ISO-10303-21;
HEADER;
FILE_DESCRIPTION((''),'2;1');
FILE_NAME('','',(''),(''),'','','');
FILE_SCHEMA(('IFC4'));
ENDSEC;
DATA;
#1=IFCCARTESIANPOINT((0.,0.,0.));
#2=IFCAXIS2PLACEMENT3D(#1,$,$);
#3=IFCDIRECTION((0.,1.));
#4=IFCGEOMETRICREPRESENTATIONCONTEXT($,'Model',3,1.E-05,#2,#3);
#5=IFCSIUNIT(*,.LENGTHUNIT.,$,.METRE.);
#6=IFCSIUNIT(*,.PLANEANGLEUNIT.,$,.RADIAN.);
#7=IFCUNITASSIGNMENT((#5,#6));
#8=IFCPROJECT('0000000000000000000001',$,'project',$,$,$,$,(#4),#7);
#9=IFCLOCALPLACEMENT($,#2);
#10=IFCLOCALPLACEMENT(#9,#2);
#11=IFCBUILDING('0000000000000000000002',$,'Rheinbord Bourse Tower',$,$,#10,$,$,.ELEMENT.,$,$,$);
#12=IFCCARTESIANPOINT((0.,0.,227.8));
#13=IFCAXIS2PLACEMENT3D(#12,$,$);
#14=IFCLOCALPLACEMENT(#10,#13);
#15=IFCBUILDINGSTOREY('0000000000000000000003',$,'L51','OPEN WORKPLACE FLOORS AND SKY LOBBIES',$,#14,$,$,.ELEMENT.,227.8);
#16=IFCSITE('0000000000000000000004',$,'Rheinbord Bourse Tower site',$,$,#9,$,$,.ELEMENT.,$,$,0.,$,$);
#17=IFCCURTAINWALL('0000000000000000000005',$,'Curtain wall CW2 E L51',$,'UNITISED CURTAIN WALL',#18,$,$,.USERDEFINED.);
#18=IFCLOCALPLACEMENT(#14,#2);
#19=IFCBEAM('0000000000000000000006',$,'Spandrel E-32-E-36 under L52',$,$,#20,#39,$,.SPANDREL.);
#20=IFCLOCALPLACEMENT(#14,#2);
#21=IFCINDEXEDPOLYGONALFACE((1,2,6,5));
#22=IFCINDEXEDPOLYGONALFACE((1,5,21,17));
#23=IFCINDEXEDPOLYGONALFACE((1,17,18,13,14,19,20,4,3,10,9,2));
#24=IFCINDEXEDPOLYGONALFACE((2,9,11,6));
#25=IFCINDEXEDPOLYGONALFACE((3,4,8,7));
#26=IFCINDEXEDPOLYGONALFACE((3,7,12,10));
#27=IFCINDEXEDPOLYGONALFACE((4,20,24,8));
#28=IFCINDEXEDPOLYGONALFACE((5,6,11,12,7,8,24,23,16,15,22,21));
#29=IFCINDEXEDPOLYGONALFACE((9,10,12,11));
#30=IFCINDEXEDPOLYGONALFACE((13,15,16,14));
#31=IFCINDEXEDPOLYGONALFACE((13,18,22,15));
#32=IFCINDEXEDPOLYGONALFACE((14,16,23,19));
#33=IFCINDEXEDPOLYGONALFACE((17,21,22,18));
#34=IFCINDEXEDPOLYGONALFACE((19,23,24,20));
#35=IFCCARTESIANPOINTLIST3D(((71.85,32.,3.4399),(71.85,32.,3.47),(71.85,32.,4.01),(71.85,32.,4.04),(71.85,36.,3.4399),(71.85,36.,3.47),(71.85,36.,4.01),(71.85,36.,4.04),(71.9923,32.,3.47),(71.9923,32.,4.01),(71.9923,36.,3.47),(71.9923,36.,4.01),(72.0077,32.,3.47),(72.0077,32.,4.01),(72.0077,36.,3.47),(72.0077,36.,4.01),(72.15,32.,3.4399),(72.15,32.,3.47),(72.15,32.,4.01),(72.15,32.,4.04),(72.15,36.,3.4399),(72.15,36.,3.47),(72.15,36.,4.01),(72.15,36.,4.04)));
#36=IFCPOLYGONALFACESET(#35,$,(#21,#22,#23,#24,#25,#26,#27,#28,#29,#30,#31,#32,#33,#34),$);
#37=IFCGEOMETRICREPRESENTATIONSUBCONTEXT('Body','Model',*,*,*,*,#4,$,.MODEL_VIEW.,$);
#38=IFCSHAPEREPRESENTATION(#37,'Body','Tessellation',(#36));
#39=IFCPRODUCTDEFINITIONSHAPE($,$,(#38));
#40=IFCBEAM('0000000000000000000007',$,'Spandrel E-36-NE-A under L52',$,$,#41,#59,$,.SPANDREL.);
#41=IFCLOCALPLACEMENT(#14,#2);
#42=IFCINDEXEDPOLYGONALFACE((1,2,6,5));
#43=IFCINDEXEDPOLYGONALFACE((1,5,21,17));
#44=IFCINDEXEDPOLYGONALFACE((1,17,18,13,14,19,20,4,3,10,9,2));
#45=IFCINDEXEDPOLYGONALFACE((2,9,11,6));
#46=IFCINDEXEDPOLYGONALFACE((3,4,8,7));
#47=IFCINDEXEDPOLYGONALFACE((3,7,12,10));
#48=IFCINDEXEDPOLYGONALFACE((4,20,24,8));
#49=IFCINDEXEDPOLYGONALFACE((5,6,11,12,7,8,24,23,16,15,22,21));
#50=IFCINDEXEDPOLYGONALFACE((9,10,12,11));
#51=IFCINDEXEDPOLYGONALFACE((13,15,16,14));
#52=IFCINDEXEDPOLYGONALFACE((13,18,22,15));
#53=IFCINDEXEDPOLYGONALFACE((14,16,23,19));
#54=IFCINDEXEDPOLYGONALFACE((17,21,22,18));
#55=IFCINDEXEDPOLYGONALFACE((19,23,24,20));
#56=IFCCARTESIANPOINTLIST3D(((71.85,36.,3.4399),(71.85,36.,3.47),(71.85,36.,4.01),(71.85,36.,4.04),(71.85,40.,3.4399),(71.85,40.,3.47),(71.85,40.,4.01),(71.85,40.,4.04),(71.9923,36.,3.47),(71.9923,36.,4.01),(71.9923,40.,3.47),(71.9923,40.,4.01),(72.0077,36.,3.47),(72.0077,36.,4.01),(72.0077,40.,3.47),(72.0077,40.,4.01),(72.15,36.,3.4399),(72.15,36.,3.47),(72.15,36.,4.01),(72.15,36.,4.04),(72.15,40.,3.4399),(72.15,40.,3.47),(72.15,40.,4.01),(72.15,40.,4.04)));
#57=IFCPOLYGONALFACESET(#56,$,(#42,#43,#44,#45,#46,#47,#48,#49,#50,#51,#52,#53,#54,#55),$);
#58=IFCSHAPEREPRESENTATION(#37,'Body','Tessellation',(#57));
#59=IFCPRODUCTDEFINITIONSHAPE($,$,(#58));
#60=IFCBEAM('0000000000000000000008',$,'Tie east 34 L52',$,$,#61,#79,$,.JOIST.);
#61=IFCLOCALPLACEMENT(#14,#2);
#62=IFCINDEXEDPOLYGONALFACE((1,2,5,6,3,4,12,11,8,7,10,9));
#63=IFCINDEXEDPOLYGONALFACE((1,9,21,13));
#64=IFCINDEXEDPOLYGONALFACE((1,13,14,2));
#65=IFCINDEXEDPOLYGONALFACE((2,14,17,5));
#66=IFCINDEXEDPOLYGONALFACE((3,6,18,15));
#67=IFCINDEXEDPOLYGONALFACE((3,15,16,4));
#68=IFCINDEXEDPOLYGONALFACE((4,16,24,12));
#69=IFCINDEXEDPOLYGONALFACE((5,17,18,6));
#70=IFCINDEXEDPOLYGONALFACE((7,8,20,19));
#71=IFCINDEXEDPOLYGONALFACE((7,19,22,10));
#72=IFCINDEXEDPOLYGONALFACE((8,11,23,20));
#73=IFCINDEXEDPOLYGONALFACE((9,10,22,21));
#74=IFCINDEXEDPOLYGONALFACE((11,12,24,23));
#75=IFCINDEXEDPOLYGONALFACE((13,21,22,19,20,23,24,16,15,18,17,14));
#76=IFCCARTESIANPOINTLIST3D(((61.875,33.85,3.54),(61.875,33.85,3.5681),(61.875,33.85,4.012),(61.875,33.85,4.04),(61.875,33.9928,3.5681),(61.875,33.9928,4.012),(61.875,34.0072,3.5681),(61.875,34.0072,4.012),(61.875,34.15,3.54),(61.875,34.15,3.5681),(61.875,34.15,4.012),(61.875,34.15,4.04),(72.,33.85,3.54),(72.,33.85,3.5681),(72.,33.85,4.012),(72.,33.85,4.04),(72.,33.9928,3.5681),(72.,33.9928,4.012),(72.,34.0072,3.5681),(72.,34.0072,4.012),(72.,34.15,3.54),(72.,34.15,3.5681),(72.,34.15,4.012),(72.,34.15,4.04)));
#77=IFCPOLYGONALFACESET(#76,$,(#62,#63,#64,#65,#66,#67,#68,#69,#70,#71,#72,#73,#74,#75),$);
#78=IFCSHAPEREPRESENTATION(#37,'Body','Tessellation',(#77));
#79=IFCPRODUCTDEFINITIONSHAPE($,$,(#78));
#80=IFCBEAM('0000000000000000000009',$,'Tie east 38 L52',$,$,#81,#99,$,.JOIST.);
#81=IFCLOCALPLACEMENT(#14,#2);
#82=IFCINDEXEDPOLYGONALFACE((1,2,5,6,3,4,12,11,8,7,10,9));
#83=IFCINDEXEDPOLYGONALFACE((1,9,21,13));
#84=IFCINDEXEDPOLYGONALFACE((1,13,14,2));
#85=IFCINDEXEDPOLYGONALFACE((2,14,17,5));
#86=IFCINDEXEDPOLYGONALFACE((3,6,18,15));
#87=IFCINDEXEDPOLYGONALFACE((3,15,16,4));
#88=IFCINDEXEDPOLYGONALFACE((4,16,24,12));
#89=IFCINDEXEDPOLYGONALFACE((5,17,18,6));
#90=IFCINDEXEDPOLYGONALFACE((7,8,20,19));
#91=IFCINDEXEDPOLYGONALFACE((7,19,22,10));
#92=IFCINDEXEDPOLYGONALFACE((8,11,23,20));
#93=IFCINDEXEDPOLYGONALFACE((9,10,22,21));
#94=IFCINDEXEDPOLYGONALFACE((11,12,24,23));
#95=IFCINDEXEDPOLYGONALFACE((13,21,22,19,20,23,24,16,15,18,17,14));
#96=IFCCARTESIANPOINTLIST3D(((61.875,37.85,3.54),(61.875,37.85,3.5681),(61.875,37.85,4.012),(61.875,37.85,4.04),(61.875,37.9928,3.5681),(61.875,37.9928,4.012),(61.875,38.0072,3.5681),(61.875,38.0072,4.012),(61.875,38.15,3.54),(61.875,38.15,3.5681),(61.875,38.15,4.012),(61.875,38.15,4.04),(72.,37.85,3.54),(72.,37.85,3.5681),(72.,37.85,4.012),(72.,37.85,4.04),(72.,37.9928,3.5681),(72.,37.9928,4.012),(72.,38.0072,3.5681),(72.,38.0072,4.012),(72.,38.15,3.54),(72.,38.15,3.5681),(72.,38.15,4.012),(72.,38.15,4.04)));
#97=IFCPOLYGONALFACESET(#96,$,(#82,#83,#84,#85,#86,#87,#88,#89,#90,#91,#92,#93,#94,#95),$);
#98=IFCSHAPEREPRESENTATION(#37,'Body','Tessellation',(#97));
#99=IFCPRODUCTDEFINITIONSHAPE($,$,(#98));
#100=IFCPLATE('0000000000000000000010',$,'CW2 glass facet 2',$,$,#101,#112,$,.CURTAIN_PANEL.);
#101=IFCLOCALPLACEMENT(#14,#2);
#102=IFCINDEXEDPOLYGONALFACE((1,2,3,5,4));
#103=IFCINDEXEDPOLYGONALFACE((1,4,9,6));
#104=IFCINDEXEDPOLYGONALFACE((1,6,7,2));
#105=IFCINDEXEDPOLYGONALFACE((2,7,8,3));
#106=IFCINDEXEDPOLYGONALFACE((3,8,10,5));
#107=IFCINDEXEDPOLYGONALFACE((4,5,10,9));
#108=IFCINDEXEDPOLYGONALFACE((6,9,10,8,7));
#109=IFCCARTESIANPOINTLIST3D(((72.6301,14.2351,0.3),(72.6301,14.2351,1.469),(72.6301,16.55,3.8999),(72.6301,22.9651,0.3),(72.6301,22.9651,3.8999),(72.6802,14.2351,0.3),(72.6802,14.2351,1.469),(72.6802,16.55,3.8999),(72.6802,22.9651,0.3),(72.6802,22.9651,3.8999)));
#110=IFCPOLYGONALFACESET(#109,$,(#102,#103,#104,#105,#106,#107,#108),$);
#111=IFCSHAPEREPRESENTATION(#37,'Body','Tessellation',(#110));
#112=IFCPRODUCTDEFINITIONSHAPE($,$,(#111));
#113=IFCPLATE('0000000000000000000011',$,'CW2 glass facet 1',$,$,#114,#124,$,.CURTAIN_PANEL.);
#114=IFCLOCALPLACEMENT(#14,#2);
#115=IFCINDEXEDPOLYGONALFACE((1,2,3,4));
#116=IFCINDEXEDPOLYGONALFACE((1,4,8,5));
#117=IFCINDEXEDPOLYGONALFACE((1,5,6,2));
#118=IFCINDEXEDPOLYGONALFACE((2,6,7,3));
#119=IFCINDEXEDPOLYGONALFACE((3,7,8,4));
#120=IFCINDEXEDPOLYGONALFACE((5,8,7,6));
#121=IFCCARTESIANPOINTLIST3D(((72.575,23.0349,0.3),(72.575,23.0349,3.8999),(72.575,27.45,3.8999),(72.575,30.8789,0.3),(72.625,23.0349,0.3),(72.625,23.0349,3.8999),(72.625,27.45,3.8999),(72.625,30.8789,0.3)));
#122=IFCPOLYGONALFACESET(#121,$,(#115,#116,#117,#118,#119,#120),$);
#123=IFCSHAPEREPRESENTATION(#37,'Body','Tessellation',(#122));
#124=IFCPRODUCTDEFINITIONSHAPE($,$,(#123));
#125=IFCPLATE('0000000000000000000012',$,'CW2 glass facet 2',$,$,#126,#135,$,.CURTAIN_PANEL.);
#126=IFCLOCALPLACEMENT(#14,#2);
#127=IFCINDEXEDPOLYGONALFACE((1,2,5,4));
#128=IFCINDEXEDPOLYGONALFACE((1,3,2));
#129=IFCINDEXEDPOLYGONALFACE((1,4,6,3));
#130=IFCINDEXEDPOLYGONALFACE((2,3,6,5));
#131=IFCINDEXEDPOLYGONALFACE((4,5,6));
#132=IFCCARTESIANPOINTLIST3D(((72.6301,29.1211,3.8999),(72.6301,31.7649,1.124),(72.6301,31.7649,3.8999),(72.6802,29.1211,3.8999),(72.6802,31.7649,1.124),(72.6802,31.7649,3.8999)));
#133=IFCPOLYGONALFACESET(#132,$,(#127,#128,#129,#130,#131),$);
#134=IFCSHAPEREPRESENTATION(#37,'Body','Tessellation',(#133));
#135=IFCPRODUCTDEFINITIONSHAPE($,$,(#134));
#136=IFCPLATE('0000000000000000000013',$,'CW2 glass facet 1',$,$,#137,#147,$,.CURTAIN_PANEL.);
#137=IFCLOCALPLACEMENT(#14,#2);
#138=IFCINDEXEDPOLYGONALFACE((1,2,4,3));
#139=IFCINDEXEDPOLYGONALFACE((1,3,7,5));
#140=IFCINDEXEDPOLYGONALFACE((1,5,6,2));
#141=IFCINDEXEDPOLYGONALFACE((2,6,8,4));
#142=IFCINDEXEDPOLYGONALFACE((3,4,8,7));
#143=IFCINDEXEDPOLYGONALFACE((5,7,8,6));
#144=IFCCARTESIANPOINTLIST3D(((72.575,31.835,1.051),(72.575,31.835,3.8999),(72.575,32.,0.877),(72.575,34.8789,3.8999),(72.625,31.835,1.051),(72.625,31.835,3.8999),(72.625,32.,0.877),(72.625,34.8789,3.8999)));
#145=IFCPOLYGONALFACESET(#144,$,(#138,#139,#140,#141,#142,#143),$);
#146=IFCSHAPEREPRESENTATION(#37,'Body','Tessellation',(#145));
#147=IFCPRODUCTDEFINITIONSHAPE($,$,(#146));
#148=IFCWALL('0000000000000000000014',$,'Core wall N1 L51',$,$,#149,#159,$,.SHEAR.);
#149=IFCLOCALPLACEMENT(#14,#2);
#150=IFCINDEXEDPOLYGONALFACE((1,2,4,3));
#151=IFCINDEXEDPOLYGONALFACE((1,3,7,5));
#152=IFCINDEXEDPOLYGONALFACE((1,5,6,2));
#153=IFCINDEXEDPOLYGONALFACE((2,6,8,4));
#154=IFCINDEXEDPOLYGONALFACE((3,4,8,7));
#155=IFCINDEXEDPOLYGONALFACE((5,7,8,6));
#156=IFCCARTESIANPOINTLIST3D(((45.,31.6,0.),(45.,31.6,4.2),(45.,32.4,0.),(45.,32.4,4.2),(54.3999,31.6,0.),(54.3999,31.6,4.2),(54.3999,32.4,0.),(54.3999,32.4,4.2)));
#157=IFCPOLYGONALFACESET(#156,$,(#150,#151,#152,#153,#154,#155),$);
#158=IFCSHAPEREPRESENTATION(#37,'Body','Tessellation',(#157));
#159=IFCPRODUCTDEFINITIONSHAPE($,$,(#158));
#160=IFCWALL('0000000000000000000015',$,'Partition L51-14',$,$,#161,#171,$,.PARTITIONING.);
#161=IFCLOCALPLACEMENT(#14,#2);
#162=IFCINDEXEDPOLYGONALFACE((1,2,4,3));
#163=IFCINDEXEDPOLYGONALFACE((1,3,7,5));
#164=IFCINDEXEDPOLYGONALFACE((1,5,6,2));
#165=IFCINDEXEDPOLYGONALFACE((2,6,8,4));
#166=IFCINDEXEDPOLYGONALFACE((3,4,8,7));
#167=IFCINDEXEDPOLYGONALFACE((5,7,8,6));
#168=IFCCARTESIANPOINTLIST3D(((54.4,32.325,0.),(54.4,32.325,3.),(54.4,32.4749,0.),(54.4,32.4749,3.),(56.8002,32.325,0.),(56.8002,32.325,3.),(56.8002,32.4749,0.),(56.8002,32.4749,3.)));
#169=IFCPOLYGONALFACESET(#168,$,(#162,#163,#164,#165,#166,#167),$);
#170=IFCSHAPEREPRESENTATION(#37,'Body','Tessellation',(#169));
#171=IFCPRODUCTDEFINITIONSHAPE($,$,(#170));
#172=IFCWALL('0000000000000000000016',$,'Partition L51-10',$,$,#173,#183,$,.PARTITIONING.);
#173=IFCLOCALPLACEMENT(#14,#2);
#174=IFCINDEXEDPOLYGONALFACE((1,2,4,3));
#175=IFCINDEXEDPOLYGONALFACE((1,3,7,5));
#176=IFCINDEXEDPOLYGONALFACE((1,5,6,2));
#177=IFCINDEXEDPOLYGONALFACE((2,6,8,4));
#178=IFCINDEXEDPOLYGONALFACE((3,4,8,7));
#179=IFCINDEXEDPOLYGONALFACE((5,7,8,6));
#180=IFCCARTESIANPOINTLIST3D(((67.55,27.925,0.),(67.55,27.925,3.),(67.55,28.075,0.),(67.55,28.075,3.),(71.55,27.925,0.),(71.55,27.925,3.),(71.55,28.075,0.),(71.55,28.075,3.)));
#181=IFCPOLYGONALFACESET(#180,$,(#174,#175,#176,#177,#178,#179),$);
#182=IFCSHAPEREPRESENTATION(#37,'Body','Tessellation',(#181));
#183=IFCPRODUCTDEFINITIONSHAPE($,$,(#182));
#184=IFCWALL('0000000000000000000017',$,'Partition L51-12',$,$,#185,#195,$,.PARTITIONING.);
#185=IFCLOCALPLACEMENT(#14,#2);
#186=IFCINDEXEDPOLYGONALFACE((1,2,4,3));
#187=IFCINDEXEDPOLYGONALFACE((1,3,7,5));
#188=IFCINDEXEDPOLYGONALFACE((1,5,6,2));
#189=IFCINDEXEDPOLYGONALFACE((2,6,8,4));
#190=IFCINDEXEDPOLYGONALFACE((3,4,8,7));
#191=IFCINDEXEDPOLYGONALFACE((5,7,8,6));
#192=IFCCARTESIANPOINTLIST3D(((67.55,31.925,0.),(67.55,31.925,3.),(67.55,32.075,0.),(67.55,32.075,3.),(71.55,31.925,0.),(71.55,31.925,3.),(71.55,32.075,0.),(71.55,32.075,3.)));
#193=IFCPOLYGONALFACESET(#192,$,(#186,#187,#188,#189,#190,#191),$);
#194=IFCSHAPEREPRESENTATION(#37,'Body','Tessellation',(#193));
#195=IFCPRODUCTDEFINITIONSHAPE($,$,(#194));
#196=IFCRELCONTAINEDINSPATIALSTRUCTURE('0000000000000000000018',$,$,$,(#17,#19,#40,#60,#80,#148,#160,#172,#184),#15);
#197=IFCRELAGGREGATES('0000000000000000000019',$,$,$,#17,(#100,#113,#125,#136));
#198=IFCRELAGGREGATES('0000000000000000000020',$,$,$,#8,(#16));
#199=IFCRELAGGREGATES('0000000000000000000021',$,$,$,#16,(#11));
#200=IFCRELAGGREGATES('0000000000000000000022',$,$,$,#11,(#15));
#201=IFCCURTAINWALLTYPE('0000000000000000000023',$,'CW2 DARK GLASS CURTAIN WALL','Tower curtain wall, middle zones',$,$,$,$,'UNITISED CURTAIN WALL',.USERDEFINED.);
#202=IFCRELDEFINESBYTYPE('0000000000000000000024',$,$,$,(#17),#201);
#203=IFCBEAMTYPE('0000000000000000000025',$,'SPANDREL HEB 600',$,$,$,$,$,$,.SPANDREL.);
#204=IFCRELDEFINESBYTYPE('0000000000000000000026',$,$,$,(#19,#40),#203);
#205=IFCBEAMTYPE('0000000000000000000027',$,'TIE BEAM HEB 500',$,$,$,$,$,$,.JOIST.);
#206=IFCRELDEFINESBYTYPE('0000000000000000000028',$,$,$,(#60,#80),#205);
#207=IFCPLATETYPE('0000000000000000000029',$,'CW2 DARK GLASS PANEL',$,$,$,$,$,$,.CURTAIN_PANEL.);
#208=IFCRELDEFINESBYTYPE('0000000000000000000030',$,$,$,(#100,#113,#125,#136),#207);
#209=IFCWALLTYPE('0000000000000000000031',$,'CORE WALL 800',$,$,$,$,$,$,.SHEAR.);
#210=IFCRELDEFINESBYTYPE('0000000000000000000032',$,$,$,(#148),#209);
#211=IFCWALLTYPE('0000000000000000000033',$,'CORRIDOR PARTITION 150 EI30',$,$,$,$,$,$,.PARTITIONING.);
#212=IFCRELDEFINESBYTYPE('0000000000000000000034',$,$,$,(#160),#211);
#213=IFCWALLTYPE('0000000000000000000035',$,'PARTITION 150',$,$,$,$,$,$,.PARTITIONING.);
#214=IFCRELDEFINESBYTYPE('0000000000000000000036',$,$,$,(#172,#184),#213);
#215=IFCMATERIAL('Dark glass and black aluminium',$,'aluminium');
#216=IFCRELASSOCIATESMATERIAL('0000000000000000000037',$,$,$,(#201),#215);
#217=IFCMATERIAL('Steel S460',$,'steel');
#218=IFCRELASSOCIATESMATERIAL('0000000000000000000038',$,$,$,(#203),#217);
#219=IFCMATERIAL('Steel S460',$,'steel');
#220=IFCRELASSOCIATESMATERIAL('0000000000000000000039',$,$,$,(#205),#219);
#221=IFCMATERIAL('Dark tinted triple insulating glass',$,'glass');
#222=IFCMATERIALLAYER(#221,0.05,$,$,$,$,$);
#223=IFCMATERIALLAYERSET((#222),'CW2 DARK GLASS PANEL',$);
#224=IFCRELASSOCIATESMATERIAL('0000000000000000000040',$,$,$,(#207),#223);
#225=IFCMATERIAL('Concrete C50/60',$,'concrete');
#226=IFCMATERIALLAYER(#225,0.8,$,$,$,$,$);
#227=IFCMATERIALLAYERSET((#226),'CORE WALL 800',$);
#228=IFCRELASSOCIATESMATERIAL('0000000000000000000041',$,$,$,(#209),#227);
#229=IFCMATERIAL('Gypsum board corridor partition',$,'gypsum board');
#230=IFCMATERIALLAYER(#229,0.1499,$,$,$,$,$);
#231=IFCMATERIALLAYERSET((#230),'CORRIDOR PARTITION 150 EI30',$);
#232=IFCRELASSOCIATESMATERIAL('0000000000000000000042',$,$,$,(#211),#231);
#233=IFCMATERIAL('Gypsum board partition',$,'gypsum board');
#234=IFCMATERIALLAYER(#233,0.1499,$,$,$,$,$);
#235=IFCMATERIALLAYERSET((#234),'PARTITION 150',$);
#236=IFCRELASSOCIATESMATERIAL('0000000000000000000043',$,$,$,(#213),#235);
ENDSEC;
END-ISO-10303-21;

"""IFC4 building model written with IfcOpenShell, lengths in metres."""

from ifc_helpers import new_model, si_unit, direction, frame, frame_2d, origin, origin_2d, place, context, subcontext, project, spatial, polyline, rectangle, i_section, outline, extrude, material, layer, layer_set, material_profile, profile_set, type_object, element, aggregate, save


model = new_model("IFC4")

# Units and contexts
model_context = context("Model", 3, precision=1e-05, world=origin(), true_north=direction((0.0, 1.0)))
body_context = subcontext(model_context, "Body", "Model", "MODEL_VIEW")
ifc_project = project(units=[si_unit("LENGTHUNIT", "METRE"), si_unit("PLANEANGLEUNIT", "RADIAN")], contexts=[model_context])

# Site, building, storey
site_placement = place(None, origin())
site = spatial("IfcSite", under=ifc_project, at=site_placement, Name="Rheinbord Bourse Tower site", CompositionType="ELEMENT", RefElevation=0.0)
building_placement = place(site_placement, origin())
building = spatial("IfcBuilding", under=site, at=building_placement, Name="Rheinbord Bourse Tower", CompositionType="ELEMENT")
storey_placement = place(building_placement, frame((0.0, 0.0, 227.8)))
storey = spatial("IfcBuildingStorey", under=building, at=storey_placement, Name="L51", Description="OPEN WORKPLACE FLOORS AND SKY LOBBIES", CompositionType="ELEMENT", Elevation=227.8)

# Curtain wall
ifc_material_1 = material(Name="Dark glass and black aluminium", Category="aluminium")
curtain_wall_type = type_object("IfcCurtainWallType", Name="CW2 DARK GLASS CURTAIN WALL", Description="Tower curtain wall, middle zones", ElementType="UNITISED CURTAIN WALL", PredefinedType="USERDEFINED", material=ifc_material_1)
curtain_wall_placement = place(storey_placement, origin())
curtain_wall = element("IfcCurtainWall", 1, at=curtain_wall_placement, inside=storey, type_object=curtain_wall_type, Name="Curtain wall CW2 E L51", ObjectType="UNITISED CURTAIN WALL", PredefinedType="USERDEFINED")

# Beams
ifc_material_2 = material(Name="Steel S460", Category="steel")
ifc_material_profile_1 = material_profile(ifc_material_2, i_section(OverallWidth=0.3, OverallDepth=0.6001, WebThickness=0.0154, FlangeThickness=0.03, at=origin_2d()), Name="HEB 600")
ifc_profile_set_1 = profile_set([ifc_material_profile_1], Name="Steel S460")
beam_type_1 = type_object("IfcBeamType", Name="SPANDREL HEB 600", PredefinedType="SPANDREL", material=ifc_profile_set_1)
for number, where, z_axis, x_axis, name in (
    (2, (72.0, 32.0, 3.74), (0.0, 1.0, 0.0), (-1.0, 0.0, 0.0), "Spandrel E-32-E-36 under L52"),
    (3, (72.0, 36.0, 3.74), (0.0, 1.0, 0.0), (-1.0, 0.0, 0.0), "Spandrel E-36-NE-A under L52"),
):
    element("IfcBeam", number, at=place(storey_placement, frame(where, z_axis=z_axis, x_axis=x_axis)), inside=storey, type_object=beam_type_1, Name=name, PredefinedType="SPANDREL", context=body_context, shape_type="SweptSolid", body=[
        extrude(i_section(OverallWidth=0.3, OverallDepth=0.6001, WebThickness=0.0154, FlangeThickness=0.03, at=origin_2d()), origin(), (0.0, 0.0, 1.0), 4.0),
    ])
ifc_material_3 = material(Name="Steel S460", Category="steel")
ifc_material_profile_2 = material_profile(ifc_material_3, i_section(OverallWidth=0.3, OverallDepth=0.5, WebThickness=0.0144, FlangeThickness=0.0281, at=origin_2d()), Name="HEB 500")
ifc_profile_set_2 = profile_set([ifc_material_profile_2], Name="Steel S460")
beam_type_2 = type_object("IfcBeamType", Name="TIE BEAM HEB 500", PredefinedType="JOIST", material=ifc_profile_set_2)
for number, where, z_axis, x_axis, name in (
    (4, (61.875, 34.0, 3.79), (1.0, 0.0, 0.0), (0.0, 1.0, 0.0), "Tie east 34 L52"),
    (5, (61.875, 38.0, 3.79), (1.0, 0.0, 0.0), (0.0, 1.0, 0.0), "Tie east 38 L52"),
):
    element("IfcBeam", number, at=place(storey_placement, frame(where, z_axis=z_axis, x_axis=x_axis)), inside=storey, type_object=beam_type_2, Name=name, PredefinedType="JOIST", context=body_context, shape_type="SweptSolid", body=[
        extrude(i_section(OverallWidth=0.3, OverallDepth=0.5, WebThickness=0.0144, FlangeThickness=0.0281, at=origin_2d()), origin(), (0.0, 0.0, 1.0), 10.125),
    ])

# Plates
ifc_material_4 = material(Name="Dark tinted triple insulating glass", Category="glass")
ifc_layer_1 = layer(ifc_material_4, 0.05)
ifc_layer_set_1 = layer_set([ifc_layer_1], Name="CW2 DARK GLASS PANEL")
plate_type = type_object("IfcPlateType", Name="CW2 DARK GLASS PANEL", PredefinedType="CURTAIN_PANEL", material=ifc_layer_set_1)
plate_1_placement = place(storey_placement, frame((72.6802, 22.9651, 3.8999), z_axis=(-1.0, 0.0, 0.0), x_axis=(0.0, 0.0, -1.0)))
plate_1 = element("IfcPlate", 6, at=plate_1_placement, type_object=plate_type, Name="CW2 glass facet 2", PredefinedType="CURTAIN_PANEL", context=body_context, shape_type="SweptSolid", body=[
    extrude(outline(polyline([(0.0, 0.0), (3.5999, 0.0), (3.5999, 8.73), (2.4309, 8.73), (0.0, 6.415), (0.0, 0.0)])), origin(), (0.0, 0.0, 1.0), 0.05),
])
plate_2_placement = place(storey_placement, frame((72.625, 23.0349, 0.3), z_axis=(-1.0, 0.0, 0.0), x_axis=(0.0, 0.0, 1.0)))
plate_2 = element("IfcPlate", 7, at=plate_2_placement, type_object=plate_type, Name="CW2 glass facet 1", PredefinedType="CURTAIN_PANEL", context=body_context, shape_type="SweptSolid", body=[
    extrude(outline(polyline([(0.0, 0.0), (3.5999, 0.0), (3.5999, 4.415), (0.0, 7.844), (0.0, 0.0)])), origin(), (0.0, 0.0, 1.0), 0.05),
])
plate_3_placement = place(storey_placement, frame((72.6802, 31.7649, 3.8999), z_axis=(-1.0, 0.0, 0.0), x_axis=(0.0, 0.0, -1.0)))
plate_3 = element("IfcPlate", 8, at=plate_3_placement, type_object=plate_type, Name="CW2 glass facet 2", PredefinedType="CURTAIN_PANEL", context=body_context, shape_type="SweptSolid", body=[
    extrude(outline(polyline([(0.0, 0.0), (2.7759, 0.0), (0.0, 2.6438), (0.0, 0.0)])), origin(), (0.0, 0.0, 1.0), 0.05),
])
plate_4_placement = place(storey_placement, frame((72.625, 31.835, 3.8999), z_axis=(-1.0, 0.0, 0.0), x_axis=(0.0, 1.0, 0.0)))
plate_4 = element("IfcPlate", 9, at=plate_4_placement, type_object=plate_type, Name="CW2 glass facet 1", PredefinedType="CURTAIN_PANEL", context=body_context, shape_type="SweptSolid", body=[
    extrude(outline(polyline([(0.0, 0.0), (3.0439, 0.0), (0.165, 3.0229), (0.0, 2.8489), (0.0, 0.0)])), origin(), (0.0, 0.0, 1.0), 0.05),
])
aggregate(curtain_wall, [plate_1, plate_2, plate_3, plate_4])

# Walls
ifc_material_5 = material(Name="Concrete C50/60", Category="concrete")
ifc_layer_2 = layer(ifc_material_5, 0.8)
ifc_layer_set_2 = layer_set([ifc_layer_2], Name="CORE WALL 800")
wall_type_1 = type_object("IfcWallType", Name="CORE WALL 800", PredefinedType="SHEAR", material=ifc_layer_set_2)
wall_1_placement = place(storey_placement, frame((54.3999, 32.0, 0.0), z_axis=(0.0, 0.0, 1.0), x_axis=(-1.0, 0.0, 0.0)))
element("IfcWall", 10, at=wall_1_placement, inside=storey, type_object=wall_type_1, Name="Core wall N1 L51", PredefinedType="SHEAR", context=body_context, shape_type="SweptSolid", body=[
    extrude(rectangle(XDim=9.3999, YDim=0.8, at=frame_2d((4.7, 0.0))), origin(), (0.0, 0.0, 1.0), 4.2),
])
ifc_material_6 = material(Name="Gypsum board corridor partition", Category="gypsum board")
ifc_layer_3 = layer(ifc_material_6, 0.1499)
ifc_layer_set_3 = layer_set([ifc_layer_3], Name="CORRIDOR PARTITION 150 EI30")
wall_type_2 = type_object("IfcWallType", Name="CORRIDOR PARTITION 150 EI30", PredefinedType="PARTITIONING", material=ifc_layer_set_3)
wall_2_placement = place(storey_placement, frame((54.3999, 32.3999, 0.0), z_axis=(0.0, 0.0, 1.0), x_axis=(1.0, 0.0, 0.0)))
element("IfcWall", 11, at=wall_2_placement, inside=storey, type_object=wall_type_2, Name="Partition L51-14", PredefinedType="PARTITIONING", context=body_context, shape_type="SweptSolid", body=[
    extrude(rectangle(XDim=2.4001, YDim=0.1499, at=frame_2d((1.2002, 0.0))), origin(), (0.0, 0.0, 1.0), 3.0),
])
ifc_material_7 = material(Name="Gypsum board partition", Category="gypsum board")
ifc_layer_4 = layer(ifc_material_7, 0.1499)
ifc_layer_set_4 = layer_set([ifc_layer_4], Name="PARTITION 150")
wall_type_3 = type_object("IfcWallType", Name="PARTITION 150", PredefinedType="PARTITIONING", material=ifc_layer_set_4)
for number, where, z_axis, x_axis, name in (
    (12, (67.55, 28.0, 0.0), (0.0, 0.0, 1.0), (1.0, 0.0, 0.0), "Partition L51-10"),
    (13, (67.55, 32.0, 0.0), (0.0, 0.0, 1.0), (1.0, 0.0, 0.0), "Partition L51-12"),
):
    element("IfcWall", number, at=place(storey_placement, frame(where, z_axis=z_axis, x_axis=x_axis)), inside=storey, type_object=wall_type_3, Name=name, PredefinedType="PARTITIONING", context=body_context, shape_type="SweptSolid", body=[
        extrude(rectangle(XDim=4.0, YDim=0.1499, at=frame_2d((2.0, 0.0))), origin(), (0.0, 0.0, 1.0), 3.0),
    ])

save(model, "model.ifc")
